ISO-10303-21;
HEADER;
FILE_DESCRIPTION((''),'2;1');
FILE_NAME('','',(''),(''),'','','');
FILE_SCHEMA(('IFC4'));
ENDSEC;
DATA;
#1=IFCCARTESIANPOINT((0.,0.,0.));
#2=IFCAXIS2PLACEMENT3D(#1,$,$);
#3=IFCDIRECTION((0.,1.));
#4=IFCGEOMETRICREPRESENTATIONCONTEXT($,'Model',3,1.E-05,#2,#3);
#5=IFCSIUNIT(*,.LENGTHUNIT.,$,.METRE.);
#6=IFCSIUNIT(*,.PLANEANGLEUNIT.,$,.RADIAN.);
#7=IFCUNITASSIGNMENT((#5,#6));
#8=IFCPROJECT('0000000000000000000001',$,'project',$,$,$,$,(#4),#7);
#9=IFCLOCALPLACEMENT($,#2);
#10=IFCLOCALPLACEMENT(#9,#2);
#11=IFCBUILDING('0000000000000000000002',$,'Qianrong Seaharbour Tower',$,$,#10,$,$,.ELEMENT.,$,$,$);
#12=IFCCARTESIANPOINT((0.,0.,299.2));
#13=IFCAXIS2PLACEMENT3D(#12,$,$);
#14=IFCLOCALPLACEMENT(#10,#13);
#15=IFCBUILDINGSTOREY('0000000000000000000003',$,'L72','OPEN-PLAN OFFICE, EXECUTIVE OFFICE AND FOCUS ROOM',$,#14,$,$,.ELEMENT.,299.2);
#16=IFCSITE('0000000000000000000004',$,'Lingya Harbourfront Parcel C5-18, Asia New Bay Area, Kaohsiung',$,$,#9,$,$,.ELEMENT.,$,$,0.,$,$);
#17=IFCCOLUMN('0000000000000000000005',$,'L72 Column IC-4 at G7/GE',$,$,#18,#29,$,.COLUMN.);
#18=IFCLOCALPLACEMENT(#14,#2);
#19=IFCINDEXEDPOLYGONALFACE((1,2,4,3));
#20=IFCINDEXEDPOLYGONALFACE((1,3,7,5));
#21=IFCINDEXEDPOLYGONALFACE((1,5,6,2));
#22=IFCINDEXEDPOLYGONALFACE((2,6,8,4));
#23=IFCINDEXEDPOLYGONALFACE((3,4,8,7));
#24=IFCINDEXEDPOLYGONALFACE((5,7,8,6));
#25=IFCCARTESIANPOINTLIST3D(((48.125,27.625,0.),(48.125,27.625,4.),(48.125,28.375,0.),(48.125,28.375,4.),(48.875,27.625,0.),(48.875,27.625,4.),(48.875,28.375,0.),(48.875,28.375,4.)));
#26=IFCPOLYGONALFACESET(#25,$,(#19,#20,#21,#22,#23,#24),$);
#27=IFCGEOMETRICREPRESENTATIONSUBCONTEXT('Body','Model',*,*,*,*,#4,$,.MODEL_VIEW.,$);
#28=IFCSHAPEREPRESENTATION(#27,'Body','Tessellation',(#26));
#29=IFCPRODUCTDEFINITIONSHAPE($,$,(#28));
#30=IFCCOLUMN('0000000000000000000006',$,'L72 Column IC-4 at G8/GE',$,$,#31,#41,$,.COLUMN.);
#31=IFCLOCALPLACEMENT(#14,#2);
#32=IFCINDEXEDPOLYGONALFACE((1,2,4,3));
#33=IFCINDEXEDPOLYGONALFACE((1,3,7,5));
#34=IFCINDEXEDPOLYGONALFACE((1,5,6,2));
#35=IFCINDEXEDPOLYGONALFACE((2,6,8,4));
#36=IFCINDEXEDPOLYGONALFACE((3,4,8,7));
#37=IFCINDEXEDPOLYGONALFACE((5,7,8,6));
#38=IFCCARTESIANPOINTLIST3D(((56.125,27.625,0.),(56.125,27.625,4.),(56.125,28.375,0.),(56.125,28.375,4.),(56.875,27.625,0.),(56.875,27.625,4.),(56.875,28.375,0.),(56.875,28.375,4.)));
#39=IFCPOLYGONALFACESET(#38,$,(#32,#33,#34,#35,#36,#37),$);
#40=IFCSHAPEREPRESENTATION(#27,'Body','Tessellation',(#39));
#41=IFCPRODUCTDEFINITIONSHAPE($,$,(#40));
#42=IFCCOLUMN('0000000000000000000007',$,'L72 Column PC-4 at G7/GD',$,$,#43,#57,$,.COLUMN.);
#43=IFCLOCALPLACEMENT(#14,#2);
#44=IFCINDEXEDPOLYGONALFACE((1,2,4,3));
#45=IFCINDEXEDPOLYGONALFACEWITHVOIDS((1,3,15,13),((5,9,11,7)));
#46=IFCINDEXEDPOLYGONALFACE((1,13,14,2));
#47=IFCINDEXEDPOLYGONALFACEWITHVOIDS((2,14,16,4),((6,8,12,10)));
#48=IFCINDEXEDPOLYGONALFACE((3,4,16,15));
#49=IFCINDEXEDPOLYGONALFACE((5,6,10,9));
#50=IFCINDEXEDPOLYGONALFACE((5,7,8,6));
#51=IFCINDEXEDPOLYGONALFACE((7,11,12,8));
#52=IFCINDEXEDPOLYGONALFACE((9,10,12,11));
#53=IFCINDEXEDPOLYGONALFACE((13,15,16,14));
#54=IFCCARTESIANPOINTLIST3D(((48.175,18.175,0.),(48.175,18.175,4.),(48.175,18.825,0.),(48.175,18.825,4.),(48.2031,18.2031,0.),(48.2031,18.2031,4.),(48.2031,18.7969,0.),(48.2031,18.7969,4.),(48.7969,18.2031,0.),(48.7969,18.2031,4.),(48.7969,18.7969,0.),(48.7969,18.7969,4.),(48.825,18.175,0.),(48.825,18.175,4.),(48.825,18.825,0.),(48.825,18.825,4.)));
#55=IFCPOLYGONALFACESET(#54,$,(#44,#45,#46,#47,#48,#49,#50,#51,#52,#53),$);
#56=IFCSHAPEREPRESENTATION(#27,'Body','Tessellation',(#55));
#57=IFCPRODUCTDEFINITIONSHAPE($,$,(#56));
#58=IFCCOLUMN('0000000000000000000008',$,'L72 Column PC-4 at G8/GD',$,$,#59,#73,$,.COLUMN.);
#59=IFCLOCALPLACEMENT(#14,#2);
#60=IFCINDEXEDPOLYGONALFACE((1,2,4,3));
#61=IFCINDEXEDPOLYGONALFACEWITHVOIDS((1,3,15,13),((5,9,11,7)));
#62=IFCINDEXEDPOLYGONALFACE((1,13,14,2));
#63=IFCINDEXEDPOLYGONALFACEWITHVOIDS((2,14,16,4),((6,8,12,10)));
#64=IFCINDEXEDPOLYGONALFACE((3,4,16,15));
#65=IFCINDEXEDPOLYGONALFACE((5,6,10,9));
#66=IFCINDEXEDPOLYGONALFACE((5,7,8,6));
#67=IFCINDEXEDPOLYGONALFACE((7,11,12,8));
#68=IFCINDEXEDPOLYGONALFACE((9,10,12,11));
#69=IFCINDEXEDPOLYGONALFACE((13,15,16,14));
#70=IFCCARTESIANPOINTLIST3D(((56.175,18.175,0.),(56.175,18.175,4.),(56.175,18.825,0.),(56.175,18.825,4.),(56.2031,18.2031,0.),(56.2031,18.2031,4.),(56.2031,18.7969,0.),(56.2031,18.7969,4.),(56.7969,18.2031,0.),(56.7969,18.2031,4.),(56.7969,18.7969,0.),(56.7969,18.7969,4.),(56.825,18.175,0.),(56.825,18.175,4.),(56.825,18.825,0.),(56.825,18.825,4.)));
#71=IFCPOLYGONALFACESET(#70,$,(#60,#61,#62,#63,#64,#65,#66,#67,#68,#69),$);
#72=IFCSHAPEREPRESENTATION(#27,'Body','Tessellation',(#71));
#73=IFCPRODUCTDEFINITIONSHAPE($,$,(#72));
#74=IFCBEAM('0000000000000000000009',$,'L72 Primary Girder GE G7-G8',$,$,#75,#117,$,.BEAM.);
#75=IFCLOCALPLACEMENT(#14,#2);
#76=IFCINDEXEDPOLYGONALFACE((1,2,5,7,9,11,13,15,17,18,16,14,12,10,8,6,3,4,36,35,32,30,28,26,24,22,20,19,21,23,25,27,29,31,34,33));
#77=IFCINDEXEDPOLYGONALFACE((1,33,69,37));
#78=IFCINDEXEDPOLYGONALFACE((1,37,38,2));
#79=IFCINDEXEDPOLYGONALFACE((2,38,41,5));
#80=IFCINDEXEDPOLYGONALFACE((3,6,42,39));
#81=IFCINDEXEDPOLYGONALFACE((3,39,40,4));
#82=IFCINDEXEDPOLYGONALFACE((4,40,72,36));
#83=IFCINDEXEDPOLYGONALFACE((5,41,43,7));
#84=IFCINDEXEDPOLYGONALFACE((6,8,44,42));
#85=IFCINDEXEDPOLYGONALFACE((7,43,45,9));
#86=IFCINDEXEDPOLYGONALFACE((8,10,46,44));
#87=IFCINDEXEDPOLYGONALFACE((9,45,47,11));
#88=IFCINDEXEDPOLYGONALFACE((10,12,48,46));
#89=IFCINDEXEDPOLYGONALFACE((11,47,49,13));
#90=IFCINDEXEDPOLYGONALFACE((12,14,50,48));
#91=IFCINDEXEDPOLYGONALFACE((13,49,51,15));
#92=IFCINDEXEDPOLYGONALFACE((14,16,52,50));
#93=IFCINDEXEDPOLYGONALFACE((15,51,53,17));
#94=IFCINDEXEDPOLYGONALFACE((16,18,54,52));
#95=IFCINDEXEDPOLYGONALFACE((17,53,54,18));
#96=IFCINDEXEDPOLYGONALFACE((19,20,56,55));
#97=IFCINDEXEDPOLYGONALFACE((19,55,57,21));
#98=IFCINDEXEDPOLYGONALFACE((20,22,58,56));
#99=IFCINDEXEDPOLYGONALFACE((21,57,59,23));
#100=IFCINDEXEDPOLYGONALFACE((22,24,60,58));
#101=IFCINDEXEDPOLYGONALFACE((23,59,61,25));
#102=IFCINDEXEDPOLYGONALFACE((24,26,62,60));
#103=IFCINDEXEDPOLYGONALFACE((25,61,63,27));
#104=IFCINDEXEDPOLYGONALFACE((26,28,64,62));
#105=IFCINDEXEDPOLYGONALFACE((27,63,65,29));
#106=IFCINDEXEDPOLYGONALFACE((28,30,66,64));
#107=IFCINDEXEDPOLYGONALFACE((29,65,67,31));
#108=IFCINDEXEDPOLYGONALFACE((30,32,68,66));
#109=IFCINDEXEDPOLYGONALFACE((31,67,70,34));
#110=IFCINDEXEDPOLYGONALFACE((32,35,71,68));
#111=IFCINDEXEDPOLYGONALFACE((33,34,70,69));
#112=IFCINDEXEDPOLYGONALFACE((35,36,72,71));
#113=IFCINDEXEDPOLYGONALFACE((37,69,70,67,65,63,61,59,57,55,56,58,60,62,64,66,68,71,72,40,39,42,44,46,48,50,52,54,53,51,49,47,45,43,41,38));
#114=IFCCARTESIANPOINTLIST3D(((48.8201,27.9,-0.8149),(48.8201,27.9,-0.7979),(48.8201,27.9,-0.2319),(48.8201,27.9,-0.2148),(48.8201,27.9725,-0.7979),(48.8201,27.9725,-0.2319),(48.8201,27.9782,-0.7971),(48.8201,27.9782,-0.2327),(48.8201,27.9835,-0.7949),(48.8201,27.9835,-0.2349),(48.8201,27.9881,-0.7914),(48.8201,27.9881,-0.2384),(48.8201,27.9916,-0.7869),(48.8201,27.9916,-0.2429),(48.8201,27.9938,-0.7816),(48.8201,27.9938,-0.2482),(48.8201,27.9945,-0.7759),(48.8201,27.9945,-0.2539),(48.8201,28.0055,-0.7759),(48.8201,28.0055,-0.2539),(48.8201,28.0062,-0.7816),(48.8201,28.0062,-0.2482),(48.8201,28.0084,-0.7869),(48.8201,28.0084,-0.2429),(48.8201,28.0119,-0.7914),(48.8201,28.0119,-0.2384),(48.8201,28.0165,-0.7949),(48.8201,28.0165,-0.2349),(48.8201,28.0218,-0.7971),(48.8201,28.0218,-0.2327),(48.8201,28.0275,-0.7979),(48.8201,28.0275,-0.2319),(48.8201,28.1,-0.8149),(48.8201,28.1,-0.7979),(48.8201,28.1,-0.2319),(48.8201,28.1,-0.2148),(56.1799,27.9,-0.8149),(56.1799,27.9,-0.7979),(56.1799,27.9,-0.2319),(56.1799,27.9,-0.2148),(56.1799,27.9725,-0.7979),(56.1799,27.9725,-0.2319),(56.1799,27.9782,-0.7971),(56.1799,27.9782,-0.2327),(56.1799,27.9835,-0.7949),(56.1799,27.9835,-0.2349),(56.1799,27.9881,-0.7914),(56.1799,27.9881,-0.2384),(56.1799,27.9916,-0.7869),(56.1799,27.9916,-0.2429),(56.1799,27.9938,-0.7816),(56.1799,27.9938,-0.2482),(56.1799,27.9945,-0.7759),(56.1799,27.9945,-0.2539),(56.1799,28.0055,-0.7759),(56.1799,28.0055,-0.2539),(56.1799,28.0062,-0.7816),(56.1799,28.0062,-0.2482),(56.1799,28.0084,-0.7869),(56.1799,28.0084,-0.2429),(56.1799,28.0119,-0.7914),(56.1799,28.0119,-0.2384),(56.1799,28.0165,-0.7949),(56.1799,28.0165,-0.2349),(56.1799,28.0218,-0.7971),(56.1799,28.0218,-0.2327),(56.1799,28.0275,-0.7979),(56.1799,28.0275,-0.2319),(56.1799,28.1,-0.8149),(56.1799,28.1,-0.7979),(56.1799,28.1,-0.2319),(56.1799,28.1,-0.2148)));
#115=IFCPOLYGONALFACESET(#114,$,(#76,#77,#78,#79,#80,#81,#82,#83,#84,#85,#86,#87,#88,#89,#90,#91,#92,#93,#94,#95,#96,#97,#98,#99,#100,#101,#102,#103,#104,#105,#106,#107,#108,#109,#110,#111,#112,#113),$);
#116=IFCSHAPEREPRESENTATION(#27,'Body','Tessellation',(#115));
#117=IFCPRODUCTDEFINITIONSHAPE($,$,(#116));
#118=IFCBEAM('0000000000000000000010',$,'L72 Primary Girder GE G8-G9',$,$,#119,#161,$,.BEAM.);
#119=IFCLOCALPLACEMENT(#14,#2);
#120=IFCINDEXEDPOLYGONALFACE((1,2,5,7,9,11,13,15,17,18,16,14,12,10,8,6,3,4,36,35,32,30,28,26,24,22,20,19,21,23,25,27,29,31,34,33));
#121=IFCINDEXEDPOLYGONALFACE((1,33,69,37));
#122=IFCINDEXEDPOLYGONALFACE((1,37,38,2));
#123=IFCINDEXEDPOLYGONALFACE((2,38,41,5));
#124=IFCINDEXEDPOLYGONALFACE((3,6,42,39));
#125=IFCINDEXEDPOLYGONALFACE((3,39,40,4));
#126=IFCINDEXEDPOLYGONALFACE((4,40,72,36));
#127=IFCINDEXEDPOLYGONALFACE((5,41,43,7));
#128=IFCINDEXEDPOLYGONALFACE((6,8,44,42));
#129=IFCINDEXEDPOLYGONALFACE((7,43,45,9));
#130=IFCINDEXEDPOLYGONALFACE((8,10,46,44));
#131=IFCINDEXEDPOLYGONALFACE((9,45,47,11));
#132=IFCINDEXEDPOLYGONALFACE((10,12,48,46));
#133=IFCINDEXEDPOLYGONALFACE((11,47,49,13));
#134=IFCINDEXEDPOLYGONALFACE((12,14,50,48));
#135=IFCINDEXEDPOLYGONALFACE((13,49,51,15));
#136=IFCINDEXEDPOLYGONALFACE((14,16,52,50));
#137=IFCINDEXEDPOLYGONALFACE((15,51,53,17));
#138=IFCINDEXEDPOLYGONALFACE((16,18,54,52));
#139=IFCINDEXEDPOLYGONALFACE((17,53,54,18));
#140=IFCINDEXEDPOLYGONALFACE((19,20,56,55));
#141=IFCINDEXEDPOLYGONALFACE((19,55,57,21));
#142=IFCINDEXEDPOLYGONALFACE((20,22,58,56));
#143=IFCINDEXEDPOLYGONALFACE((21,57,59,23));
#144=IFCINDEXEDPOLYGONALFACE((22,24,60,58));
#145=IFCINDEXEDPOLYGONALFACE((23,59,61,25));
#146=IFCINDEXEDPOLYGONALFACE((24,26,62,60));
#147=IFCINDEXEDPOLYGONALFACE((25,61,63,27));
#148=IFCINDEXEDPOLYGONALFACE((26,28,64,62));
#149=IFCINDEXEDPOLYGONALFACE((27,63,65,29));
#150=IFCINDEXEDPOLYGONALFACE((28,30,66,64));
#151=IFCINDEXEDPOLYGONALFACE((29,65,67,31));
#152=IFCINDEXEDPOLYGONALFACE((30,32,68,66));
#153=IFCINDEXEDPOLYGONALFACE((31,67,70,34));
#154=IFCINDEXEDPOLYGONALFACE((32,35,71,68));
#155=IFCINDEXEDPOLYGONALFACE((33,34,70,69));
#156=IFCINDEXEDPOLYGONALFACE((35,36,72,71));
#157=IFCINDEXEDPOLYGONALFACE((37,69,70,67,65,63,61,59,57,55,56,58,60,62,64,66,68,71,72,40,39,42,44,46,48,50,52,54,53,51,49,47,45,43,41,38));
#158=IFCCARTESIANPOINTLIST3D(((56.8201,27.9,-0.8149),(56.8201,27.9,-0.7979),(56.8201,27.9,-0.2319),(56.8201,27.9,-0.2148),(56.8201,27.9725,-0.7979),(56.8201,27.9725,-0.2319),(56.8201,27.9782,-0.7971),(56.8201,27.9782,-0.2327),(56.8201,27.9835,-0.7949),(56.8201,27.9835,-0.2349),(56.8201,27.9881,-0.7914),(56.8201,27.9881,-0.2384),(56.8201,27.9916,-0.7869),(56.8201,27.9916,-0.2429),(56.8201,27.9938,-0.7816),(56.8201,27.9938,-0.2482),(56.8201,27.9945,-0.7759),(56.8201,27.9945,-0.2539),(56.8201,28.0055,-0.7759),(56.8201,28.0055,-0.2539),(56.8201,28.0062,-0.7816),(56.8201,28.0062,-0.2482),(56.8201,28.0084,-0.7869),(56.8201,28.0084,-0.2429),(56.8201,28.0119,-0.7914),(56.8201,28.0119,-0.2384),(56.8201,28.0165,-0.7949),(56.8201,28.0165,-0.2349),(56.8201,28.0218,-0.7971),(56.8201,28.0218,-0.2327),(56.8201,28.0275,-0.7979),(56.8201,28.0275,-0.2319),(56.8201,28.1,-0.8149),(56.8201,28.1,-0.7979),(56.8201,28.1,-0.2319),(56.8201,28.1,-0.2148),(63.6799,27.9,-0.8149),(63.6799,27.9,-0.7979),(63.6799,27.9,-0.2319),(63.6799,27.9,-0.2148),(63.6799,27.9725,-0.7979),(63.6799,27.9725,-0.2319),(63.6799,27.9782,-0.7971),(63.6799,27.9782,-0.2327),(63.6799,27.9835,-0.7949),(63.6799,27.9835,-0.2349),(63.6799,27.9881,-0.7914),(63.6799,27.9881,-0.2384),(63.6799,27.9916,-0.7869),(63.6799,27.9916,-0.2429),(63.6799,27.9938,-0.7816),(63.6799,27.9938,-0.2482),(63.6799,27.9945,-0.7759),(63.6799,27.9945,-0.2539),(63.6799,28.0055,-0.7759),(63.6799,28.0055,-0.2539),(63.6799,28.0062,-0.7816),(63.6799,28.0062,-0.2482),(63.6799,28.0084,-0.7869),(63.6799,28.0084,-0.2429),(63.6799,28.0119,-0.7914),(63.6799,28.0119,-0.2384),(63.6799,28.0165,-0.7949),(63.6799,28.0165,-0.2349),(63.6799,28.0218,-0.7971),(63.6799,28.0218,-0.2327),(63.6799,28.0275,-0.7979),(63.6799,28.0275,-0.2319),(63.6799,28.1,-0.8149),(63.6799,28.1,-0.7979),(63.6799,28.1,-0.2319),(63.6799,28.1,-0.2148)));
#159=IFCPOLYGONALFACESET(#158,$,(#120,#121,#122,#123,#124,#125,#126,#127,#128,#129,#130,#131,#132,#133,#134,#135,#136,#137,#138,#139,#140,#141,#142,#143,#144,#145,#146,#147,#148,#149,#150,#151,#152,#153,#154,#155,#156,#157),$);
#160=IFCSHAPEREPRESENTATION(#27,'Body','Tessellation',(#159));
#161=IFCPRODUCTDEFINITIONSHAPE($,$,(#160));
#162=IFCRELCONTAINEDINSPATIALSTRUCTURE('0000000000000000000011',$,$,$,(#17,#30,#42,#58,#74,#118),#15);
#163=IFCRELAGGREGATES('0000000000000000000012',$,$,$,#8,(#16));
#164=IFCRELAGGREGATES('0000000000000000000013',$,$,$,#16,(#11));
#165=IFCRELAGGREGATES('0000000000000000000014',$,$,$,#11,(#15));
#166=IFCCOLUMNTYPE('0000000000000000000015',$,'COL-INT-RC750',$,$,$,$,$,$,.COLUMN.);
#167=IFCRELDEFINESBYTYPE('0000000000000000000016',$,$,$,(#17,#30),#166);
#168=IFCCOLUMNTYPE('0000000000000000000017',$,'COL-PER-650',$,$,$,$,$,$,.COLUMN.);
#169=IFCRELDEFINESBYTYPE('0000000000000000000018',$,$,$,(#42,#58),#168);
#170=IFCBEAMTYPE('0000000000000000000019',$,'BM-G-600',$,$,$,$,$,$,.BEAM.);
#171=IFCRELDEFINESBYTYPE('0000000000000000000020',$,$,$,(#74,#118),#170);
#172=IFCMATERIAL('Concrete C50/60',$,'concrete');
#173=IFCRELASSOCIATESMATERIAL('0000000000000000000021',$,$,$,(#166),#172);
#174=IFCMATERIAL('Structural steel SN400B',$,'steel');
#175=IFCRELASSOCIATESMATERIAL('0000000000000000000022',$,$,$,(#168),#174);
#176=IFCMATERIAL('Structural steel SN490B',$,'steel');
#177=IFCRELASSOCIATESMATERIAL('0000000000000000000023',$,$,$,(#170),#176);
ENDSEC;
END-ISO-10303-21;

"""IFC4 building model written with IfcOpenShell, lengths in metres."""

from ifc_helpers import new_model, si_unit, direction, frame, origin, origin_2d, place, context, subcontext, project, spatial, rectangle, hollow_rectangle, i_section, extrude, material, material_profile, profile_set, type_object, element, save


model = new_model("IFC4")

# Units and contexts
model_context = context("Model", 3, precision=1e-05, world=origin(), true_north=direction((0.0, 1.0)))
body_context = subcontext(model_context, "Body", "Model", "MODEL_VIEW")
ifc_project = project(units=[si_unit("LENGTHUNIT", "METRE"), si_unit("PLANEANGLEUNIT", "RADIAN")], contexts=[model_context])

# Site, building, storey
site_placement = place(None, origin())
site = spatial("IfcSite", under=ifc_project, at=site_placement, Name="Lingya Harbourfront Parcel C5-18, Asia New Bay Area, Kaohsiung", CompositionType="ELEMENT", RefElevation=0.0)
building_placement = place(site_placement, origin())
building = spatial("IfcBuilding", under=site, at=building_placement, Name="Qianrong Seaharbour Tower", CompositionType="ELEMENT")
storey_placement = place(building_placement, frame((0.0, 0.0, 299.2)))
storey = spatial("IfcBuildingStorey", under=building, at=storey_placement, Name="L72", Description="OPEN-PLAN OFFICE, EXECUTIVE OFFICE AND FOCUS ROOM", CompositionType="ELEMENT", Elevation=299.2)

# Columns
ifc_material_1 = material(Name="Concrete C50/60", Category="concrete")
ifc_material_profile_1 = material_profile(ifc_material_1, rectangle(XDim=0.75, YDim=0.75, at=origin_2d()), Name="RC750x750")
ifc_profile_set_1 = profile_set([ifc_material_profile_1], Name="Concrete C50/60")
column_type_1 = type_object("IfcColumnType", Name="COL-INT-RC750", PredefinedType="COLUMN", material=ifc_profile_set_1)
for number, where, z_axis, x_axis, name in (
    (1, (48.5, 28.0, 0.0), (0.0, 0.0, 1.0), (1.0, 0.0, 0.0), "L72 Column IC-4 at G7/GE"),
    (2, (56.5, 28.0, 0.0), (0.0, 0.0, 1.0), (1.0, 0.0, 0.0), "L72 Column IC-4 at G8/GE"),
):
    element("IfcColumn", number, at=place(storey_placement, frame(where, z_axis=z_axis, x_axis=x_axis)), inside=storey, type_object=column_type_1, Name=name, PredefinedType="COLUMN", context=body_context, shape_type="SweptSolid", body=[
        extrude(rectangle(XDim=0.75, YDim=0.75, at=origin_2d()), origin(), (0.0, 0.0, 1.0), 4.0),
    ])
ifc_material_2 = material(Name="Structural steel SN400B", Category="steel")
ifc_material_profile_2 = material_profile(ifc_material_2, hollow_rectangle(XDim=0.6499, YDim=0.6499, WallThickness=0.0281, at=origin_2d()), Name="BOX650x650x28")
ifc_profile_set_2 = profile_set([ifc_material_profile_2], Name="Structural steel SN400B")
column_type_2 = type_object("IfcColumnType", Name="COL-PER-650", PredefinedType="COLUMN", material=ifc_profile_set_2)
for number, where, z_axis, x_axis, name in (
    (3, (48.5, 18.5, 0.0), (0.0, 0.0, 1.0), (1.0, 0.0, 0.0), "L72 Column PC-4 at G7/GD"),
    (4, (56.5, 18.5, 0.0), (0.0, 0.0, 1.0), (1.0, 0.0, 0.0), "L72 Column PC-4 at G8/GD"),
):
    element("IfcColumn", number, at=place(storey_placement, frame(where, z_axis=z_axis, x_axis=x_axis)), inside=storey, type_object=column_type_2, Name=name, PredefinedType="COLUMN", context=body_context, shape_type="SweptSolid", body=[
        extrude(hollow_rectangle(XDim=0.6499, YDim=0.6499, WallThickness=0.0281, at=origin_2d()), origin(), (0.0, 0.0, 1.0), 4.0),
    ])

# Beams
ifc_material_3 = material(Name="Structural steel SN490B", Category="steel")
ifc_material_profile_3 = material_profile(ifc_material_3, i_section(OverallWidth=0.2, OverallDepth=0.6001, WebThickness=0.011, FlangeThickness=0.0171, FilletRadius=0.022, at=origin_2d()), Name="H600x200x11x17")
ifc_profile_set_3 = profile_set([ifc_material_profile_3], Name="Structural steel SN490B")
beam_type_1 = type_object("IfcBeamType", Name="BM-G-600", PredefinedType="BEAM", material=ifc_profile_set_3)
beam_1_placement = place(storey_placement, frame((48.8201, 28.0, -0.5149), z_axis=(1.0, 0.0, 0.0), x_axis=(0.0, 1.0, 0.0)))
element("IfcBeam", 5, at=beam_1_placement, inside=storey, type_object=beam_type_1, Name="L72 Primary Girder GE G7-G8", PredefinedType="BEAM", context=body_context, shape_type="SweptSolid", body=[
    extrude(i_section(OverallWidth=0.2, OverallDepth=0.6001, WebThickness=0.011, FlangeThickness=0.0171, FilletRadius=0.022, at=origin_2d()), origin(), (0.0, 0.0, 1.0), 7.3599),
])
beam_2_placement = place(storey_placement, frame((56.8201, 28.0, -0.5149), z_axis=(1.0, 0.0, 0.0), x_axis=(0.0, 1.0, 0.0)))
element("IfcBeam", 6, at=beam_2_placement, inside=storey, type_object=beam_type_1, Name="L72 Primary Girder GE G8-G9", PredefinedType="BEAM", context=body_context, shape_type="SweptSolid", body=[
    extrude(i_section(OverallWidth=0.2, OverallDepth=0.6001, WebThickness=0.011, FlangeThickness=0.0171, FilletRadius=0.022, at=origin_2d()), origin(), (0.0, 0.0, 1.0), 6.8599),
])

save(model, "model.ifc")
